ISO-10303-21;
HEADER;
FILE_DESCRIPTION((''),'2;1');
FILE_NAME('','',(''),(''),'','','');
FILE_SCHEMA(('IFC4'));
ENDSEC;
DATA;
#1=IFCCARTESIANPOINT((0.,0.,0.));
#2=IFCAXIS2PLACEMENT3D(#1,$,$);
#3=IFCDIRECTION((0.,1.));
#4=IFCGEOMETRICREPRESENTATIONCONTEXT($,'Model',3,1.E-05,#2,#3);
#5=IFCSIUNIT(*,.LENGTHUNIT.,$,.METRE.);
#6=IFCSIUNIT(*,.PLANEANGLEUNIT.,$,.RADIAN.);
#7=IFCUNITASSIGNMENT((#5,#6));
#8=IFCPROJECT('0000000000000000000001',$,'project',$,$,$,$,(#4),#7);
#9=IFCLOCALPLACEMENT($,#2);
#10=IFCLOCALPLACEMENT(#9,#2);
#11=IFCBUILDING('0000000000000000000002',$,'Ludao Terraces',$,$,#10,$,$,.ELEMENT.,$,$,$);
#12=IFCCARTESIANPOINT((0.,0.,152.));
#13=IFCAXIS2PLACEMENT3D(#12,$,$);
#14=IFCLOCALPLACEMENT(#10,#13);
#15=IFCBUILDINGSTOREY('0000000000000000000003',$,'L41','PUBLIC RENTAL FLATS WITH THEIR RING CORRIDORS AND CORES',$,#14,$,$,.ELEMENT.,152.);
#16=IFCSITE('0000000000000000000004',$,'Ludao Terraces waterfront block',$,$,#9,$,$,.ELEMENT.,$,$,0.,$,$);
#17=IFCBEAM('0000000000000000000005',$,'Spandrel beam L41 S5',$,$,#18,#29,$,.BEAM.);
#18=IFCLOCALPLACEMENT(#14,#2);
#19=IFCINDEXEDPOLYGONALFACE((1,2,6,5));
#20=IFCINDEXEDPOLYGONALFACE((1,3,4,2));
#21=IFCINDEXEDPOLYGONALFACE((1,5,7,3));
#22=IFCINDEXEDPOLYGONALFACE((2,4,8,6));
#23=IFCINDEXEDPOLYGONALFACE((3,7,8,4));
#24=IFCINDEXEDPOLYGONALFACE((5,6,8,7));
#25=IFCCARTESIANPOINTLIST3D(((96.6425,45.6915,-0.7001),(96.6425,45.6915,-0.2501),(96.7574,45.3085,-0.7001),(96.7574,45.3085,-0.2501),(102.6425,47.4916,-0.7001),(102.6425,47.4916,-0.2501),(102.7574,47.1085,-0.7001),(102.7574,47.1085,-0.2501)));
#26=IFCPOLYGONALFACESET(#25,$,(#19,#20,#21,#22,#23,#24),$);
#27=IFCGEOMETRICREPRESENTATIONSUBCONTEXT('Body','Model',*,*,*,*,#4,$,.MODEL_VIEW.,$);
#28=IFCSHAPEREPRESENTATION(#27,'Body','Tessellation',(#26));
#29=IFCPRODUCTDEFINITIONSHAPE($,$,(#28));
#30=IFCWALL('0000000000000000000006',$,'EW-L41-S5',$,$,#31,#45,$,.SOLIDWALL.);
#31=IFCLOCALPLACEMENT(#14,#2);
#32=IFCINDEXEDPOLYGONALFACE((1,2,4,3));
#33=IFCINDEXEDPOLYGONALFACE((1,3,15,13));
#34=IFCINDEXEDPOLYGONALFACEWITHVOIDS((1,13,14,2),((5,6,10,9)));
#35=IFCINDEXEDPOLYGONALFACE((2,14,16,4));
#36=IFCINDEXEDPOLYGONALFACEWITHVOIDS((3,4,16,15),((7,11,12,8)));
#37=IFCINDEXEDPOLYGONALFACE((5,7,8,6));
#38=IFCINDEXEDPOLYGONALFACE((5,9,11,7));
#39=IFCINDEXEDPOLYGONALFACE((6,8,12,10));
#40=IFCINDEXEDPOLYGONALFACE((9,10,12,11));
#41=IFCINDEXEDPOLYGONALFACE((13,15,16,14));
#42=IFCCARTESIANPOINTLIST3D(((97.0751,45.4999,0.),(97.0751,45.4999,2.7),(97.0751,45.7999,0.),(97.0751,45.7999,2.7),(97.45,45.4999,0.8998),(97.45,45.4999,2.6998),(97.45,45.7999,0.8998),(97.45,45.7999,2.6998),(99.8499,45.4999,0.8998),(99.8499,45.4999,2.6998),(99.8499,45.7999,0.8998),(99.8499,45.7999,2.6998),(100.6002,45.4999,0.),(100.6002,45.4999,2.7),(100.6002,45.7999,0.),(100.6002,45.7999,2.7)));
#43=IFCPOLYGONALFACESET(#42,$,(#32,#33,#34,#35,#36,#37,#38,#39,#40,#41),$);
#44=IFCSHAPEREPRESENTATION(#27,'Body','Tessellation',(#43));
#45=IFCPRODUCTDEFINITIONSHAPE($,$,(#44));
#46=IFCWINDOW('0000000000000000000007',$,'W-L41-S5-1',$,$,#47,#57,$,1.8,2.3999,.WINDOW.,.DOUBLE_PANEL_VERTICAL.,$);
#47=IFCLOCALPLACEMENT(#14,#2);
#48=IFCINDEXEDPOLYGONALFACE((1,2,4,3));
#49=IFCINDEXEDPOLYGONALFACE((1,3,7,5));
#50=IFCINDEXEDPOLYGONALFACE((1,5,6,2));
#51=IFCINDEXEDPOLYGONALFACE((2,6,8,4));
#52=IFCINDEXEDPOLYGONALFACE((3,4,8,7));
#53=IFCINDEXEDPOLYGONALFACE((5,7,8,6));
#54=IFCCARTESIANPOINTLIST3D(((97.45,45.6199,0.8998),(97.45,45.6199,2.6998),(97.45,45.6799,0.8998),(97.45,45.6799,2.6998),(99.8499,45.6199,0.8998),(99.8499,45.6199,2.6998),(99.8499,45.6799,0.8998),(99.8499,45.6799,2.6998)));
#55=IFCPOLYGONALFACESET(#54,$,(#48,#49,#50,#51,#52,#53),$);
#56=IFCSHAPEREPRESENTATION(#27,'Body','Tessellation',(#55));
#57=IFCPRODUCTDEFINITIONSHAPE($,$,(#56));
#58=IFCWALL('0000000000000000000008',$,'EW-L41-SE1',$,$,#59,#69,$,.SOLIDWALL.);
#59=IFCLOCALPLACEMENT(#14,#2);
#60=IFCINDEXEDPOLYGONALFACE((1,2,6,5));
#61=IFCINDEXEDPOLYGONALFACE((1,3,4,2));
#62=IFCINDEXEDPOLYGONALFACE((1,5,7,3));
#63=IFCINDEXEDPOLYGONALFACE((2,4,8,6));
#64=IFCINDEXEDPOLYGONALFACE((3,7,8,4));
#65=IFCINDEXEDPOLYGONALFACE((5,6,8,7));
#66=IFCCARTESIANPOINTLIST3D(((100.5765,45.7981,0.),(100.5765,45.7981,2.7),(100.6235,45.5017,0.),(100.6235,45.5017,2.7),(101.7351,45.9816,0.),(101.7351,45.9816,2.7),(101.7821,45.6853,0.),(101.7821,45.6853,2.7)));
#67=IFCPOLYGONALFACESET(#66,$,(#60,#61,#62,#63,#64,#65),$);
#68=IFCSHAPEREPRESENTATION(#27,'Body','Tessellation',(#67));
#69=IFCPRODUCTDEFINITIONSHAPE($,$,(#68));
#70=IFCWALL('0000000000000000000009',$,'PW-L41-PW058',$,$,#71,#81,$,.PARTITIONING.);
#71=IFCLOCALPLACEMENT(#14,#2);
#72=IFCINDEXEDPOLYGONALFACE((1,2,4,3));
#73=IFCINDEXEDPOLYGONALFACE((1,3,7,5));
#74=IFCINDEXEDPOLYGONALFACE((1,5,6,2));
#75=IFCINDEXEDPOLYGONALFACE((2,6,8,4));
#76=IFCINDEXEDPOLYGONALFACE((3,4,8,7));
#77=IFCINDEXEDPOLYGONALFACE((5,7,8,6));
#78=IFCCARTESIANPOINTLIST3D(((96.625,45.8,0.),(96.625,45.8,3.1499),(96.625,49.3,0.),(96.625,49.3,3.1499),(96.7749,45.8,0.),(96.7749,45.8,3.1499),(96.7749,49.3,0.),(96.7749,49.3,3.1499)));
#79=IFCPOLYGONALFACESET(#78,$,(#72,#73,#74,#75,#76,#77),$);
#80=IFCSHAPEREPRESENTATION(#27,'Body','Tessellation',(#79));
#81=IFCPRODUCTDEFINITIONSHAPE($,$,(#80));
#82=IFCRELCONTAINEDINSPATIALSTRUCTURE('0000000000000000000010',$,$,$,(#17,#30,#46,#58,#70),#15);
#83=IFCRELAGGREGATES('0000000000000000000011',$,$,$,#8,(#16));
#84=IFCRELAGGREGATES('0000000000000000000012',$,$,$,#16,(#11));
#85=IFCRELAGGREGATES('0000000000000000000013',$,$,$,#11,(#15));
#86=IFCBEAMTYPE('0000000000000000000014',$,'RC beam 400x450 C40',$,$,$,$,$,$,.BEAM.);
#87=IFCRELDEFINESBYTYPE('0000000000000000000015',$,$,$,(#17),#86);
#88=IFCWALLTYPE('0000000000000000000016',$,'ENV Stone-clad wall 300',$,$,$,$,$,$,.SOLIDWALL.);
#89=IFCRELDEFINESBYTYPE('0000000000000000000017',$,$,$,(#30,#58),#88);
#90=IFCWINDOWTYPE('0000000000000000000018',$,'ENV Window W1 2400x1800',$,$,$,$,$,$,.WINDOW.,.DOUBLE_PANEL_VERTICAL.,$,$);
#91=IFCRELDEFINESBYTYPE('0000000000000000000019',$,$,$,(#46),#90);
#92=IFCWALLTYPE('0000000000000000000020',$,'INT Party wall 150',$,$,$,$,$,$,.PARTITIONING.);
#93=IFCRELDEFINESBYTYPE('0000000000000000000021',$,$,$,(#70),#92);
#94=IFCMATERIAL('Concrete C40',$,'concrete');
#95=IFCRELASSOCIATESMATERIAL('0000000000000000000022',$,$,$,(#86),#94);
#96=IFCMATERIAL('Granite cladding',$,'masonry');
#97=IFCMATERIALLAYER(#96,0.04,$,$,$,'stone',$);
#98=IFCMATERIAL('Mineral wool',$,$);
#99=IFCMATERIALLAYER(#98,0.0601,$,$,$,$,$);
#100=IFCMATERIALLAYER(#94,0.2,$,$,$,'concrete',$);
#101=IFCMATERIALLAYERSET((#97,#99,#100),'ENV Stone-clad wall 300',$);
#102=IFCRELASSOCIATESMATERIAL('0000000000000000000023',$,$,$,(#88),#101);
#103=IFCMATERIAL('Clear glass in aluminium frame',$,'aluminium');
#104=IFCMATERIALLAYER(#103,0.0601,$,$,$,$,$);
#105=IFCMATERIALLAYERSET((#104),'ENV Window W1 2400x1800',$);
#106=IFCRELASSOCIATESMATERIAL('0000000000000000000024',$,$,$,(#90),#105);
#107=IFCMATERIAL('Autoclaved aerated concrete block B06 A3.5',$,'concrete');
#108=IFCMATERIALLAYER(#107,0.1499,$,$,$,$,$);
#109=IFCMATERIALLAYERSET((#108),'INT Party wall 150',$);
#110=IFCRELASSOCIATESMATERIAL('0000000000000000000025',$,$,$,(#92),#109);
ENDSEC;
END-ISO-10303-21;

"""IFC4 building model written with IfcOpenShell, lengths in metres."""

from ifc_helpers import new_model, si_unit, direction, frame, frame_2d, origin, origin_2d, place, context, subcontext, project, spatial, rectangle, extrude, material, layer, layer_set, material_profile, profile_set, type_object, element, fill, save


model = new_model("IFC4")

# Units and contexts
model_context = context("Model", 3, precision=1e-05, world=origin(), true_north=direction((0.0, 1.0)))
body_context = subcontext(model_context, "Body", "Model", "MODEL_VIEW")
ifc_project = project(units=[si_unit("LENGTHUNIT", "METRE"), si_unit("PLANEANGLEUNIT", "RADIAN")], contexts=[model_context])

# Site, building, storey
site_placement = place(None, origin())
site = spatial("IfcSite", under=ifc_project, at=site_placement, Name="Ludao Terraces waterfront block", CompositionType="ELEMENT", RefElevation=0.0)
building_placement = place(site_placement, origin())
building = spatial("IfcBuilding", under=site, at=building_placement, Name="Ludao Terraces", CompositionType="ELEMENT")
storey_placement = place(building_placement, frame((0.0, 0.0, 152.0)))
storey = spatial("IfcBuildingStorey", under=building, at=storey_placement, Name="L41", Description="PUBLIC RENTAL FLATS WITH THEIR RING CORRIDORS AND CORES", CompositionType="ELEMENT", Elevation=152.0)

# Beam
ifc_material_1 = material(Name="Concrete C40", Category="concrete")
ifc_material_profile = material_profile(ifc_material_1, rectangle(XDim=0.3999, YDim=0.45, at=origin_2d()), Name="400 X 450")
ifc_profile_set = profile_set([ifc_material_profile], Name="Concrete C40")
beam_type = type_object("IfcBeamType", Name="RC beam 400x450 C40", PredefinedType="BEAM", material=ifc_profile_set)
beam_placement = place(storey_placement, frame((96.7, 45.5, -0.4751), z_axis=(0.957824, 0.287355, 0.0), x_axis=(-0.287355, 0.957824, 0.0)))
element("IfcBeam", 1, at=beam_placement, inside=storey, type_object=beam_type, Name="Spandrel beam L41 S5", PredefinedType="BEAM", context=body_context, shape_type="SweptSolid", body=[
    extrude(rectangle(XDim=0.3999, YDim=0.45, at=origin_2d()), origin(), (0.0, 0.0, 1.0), 6.2642),
])

# Wall, opening, window
ifc_material_2 = material(Name="Granite cladding", Category="masonry")
ifc_layer_1 = layer(ifc_material_2, 0.04, Category="stone")
ifc_material_3 = material(Name="Mineral wool")
ifc_layer_2 = layer(ifc_material_3, 0.0601)
ifc_layer_3 = layer(ifc_material_1, 0.2, Category="concrete")
ifc_layer_set_1 = layer_set([ifc_layer_1, ifc_layer_2, ifc_layer_3], Name="ENV Stone-clad wall 300")
wall_type_1 = type_object("IfcWallType", Name="ENV Stone-clad wall 300", PredefinedType="SOLIDWALL", material=ifc_layer_set_1)
wall_1_placement = place(storey_placement, frame((97.075, 45.6499, 0.0), z_axis=(0.0, 0.0, 1.0), x_axis=(1.0, 0.0, 0.0)))
wall_1 = element("IfcWall", 2, at=wall_1_placement, inside=storey, type_object=wall_type_1, Name="EW-L41-S5", PredefinedType="SOLIDWALL", context=body_context, shape_type="SweptSolid", body=[
    extrude(rectangle(XDim=3.5251, YDim=0.3, at=frame_2d((1.7627, 0.0))), origin(), (0.0, 0.0, 1.0), 2.7),
])
opening_placement = place(wall_1_placement, frame((0.375, 0.0, 0.8999)))
opening = element("IfcOpeningElement", 3, at=opening_placement, cuts=wall_1, PredefinedType="OPENING", context=body_context, shape_type="SweptSolid", body=[
    extrude(rectangle(XDim=2.3999, YDim=1.8, at=frame_2d((1.2, 0.8999))), frame((0.0, 0.1602, 0.0), z_axis=(0.0, -1.0, 0.0), x_axis=(1.0, 0.0, 0.0)), (0.0, 0.0, 1.0), 0.3201),
])
ifc_material_4 = material(Name="Clear glass in aluminium frame", Category="aluminium")
ifc_layer_4 = layer(ifc_material_4, 0.0601)
ifc_layer_set_2 = layer_set([ifc_layer_4], Name="ENV Window W1 2400x1800")
window_type = type_object("IfcWindowType", Name="ENV Window W1 2400x1800", PartitioningType="DOUBLE_PANEL_VERTICAL", PredefinedType="WINDOW", material=ifc_layer_set_2)
window_placement = place(opening_placement, origin())
window = element("IfcWindow", 4, at=window_placement, inside=storey, type_object=window_type, Name="W-L41-S5-1", OverallHeight=1.8, OverallWidth=2.3999, PartitioningType="DOUBLE_PANEL_VERTICAL", PredefinedType="WINDOW", context=body_context, shape_type="SweptSolid", body=[
    extrude(rectangle(XDim=2.3999, YDim=1.8, at=frame_2d((1.2, 0.8999))), frame((0.0, 0.03, 0.0), z_axis=(0.0, -1.0, 0.0), x_axis=(1.0, 0.0, 0.0)), (0.0, 0.0, 1.0), 0.0601),
])
fill(opening, window)

# Walls
wall_2_placement = place(storey_placement, frame((100.6001, 45.6499, 0.0), z_axis=(0.0, 0.0, 1.0), x_axis=(0.987678, 0.156497, 0.0)))
element("IfcWall", 5, at=wall_2_placement, inside=storey, type_object=wall_type_1, Name="EW-L41-SE1", PredefinedType="SOLIDWALL", context=body_context, shape_type="SweptSolid", body=[
    extrude(rectangle(XDim=1.1731, YDim=0.3, at=frame_2d((0.5864, 0.0))), origin(), (0.0, 0.0, 1.0), 2.7),
])
ifc_material_5 = material(Name="Autoclaved aerated concrete block B06 A3.5", Category="concrete")
ifc_layer_5 = layer(ifc_material_5, 0.1499)
ifc_layer_set_3 = layer_set([ifc_layer_5], Name="INT Party wall 150")
wall_type_2 = type_object("IfcWallType", Name="INT Party wall 150", PredefinedType="PARTITIONING", material=ifc_layer_set_3)
wall_3_placement = place(storey_placement, frame((96.7, 45.8, 0.0), z_axis=(0.0, 0.0, 1.0), x_axis=(0.0, 1.0, 0.0)))
element("IfcWall", 6, at=wall_3_placement, inside=storey, type_object=wall_type_2, Name="PW-L41-PW058", PredefinedType="PARTITIONING", context=body_context, shape_type="SweptSolid", body=[
    extrude(rectangle(XDim=3.5, YDim=0.1499, at=frame_2d((1.75, 0.0))), origin(), (0.0, 0.0, 1.0), 3.1499),
])

save(model, "model.ifc")
